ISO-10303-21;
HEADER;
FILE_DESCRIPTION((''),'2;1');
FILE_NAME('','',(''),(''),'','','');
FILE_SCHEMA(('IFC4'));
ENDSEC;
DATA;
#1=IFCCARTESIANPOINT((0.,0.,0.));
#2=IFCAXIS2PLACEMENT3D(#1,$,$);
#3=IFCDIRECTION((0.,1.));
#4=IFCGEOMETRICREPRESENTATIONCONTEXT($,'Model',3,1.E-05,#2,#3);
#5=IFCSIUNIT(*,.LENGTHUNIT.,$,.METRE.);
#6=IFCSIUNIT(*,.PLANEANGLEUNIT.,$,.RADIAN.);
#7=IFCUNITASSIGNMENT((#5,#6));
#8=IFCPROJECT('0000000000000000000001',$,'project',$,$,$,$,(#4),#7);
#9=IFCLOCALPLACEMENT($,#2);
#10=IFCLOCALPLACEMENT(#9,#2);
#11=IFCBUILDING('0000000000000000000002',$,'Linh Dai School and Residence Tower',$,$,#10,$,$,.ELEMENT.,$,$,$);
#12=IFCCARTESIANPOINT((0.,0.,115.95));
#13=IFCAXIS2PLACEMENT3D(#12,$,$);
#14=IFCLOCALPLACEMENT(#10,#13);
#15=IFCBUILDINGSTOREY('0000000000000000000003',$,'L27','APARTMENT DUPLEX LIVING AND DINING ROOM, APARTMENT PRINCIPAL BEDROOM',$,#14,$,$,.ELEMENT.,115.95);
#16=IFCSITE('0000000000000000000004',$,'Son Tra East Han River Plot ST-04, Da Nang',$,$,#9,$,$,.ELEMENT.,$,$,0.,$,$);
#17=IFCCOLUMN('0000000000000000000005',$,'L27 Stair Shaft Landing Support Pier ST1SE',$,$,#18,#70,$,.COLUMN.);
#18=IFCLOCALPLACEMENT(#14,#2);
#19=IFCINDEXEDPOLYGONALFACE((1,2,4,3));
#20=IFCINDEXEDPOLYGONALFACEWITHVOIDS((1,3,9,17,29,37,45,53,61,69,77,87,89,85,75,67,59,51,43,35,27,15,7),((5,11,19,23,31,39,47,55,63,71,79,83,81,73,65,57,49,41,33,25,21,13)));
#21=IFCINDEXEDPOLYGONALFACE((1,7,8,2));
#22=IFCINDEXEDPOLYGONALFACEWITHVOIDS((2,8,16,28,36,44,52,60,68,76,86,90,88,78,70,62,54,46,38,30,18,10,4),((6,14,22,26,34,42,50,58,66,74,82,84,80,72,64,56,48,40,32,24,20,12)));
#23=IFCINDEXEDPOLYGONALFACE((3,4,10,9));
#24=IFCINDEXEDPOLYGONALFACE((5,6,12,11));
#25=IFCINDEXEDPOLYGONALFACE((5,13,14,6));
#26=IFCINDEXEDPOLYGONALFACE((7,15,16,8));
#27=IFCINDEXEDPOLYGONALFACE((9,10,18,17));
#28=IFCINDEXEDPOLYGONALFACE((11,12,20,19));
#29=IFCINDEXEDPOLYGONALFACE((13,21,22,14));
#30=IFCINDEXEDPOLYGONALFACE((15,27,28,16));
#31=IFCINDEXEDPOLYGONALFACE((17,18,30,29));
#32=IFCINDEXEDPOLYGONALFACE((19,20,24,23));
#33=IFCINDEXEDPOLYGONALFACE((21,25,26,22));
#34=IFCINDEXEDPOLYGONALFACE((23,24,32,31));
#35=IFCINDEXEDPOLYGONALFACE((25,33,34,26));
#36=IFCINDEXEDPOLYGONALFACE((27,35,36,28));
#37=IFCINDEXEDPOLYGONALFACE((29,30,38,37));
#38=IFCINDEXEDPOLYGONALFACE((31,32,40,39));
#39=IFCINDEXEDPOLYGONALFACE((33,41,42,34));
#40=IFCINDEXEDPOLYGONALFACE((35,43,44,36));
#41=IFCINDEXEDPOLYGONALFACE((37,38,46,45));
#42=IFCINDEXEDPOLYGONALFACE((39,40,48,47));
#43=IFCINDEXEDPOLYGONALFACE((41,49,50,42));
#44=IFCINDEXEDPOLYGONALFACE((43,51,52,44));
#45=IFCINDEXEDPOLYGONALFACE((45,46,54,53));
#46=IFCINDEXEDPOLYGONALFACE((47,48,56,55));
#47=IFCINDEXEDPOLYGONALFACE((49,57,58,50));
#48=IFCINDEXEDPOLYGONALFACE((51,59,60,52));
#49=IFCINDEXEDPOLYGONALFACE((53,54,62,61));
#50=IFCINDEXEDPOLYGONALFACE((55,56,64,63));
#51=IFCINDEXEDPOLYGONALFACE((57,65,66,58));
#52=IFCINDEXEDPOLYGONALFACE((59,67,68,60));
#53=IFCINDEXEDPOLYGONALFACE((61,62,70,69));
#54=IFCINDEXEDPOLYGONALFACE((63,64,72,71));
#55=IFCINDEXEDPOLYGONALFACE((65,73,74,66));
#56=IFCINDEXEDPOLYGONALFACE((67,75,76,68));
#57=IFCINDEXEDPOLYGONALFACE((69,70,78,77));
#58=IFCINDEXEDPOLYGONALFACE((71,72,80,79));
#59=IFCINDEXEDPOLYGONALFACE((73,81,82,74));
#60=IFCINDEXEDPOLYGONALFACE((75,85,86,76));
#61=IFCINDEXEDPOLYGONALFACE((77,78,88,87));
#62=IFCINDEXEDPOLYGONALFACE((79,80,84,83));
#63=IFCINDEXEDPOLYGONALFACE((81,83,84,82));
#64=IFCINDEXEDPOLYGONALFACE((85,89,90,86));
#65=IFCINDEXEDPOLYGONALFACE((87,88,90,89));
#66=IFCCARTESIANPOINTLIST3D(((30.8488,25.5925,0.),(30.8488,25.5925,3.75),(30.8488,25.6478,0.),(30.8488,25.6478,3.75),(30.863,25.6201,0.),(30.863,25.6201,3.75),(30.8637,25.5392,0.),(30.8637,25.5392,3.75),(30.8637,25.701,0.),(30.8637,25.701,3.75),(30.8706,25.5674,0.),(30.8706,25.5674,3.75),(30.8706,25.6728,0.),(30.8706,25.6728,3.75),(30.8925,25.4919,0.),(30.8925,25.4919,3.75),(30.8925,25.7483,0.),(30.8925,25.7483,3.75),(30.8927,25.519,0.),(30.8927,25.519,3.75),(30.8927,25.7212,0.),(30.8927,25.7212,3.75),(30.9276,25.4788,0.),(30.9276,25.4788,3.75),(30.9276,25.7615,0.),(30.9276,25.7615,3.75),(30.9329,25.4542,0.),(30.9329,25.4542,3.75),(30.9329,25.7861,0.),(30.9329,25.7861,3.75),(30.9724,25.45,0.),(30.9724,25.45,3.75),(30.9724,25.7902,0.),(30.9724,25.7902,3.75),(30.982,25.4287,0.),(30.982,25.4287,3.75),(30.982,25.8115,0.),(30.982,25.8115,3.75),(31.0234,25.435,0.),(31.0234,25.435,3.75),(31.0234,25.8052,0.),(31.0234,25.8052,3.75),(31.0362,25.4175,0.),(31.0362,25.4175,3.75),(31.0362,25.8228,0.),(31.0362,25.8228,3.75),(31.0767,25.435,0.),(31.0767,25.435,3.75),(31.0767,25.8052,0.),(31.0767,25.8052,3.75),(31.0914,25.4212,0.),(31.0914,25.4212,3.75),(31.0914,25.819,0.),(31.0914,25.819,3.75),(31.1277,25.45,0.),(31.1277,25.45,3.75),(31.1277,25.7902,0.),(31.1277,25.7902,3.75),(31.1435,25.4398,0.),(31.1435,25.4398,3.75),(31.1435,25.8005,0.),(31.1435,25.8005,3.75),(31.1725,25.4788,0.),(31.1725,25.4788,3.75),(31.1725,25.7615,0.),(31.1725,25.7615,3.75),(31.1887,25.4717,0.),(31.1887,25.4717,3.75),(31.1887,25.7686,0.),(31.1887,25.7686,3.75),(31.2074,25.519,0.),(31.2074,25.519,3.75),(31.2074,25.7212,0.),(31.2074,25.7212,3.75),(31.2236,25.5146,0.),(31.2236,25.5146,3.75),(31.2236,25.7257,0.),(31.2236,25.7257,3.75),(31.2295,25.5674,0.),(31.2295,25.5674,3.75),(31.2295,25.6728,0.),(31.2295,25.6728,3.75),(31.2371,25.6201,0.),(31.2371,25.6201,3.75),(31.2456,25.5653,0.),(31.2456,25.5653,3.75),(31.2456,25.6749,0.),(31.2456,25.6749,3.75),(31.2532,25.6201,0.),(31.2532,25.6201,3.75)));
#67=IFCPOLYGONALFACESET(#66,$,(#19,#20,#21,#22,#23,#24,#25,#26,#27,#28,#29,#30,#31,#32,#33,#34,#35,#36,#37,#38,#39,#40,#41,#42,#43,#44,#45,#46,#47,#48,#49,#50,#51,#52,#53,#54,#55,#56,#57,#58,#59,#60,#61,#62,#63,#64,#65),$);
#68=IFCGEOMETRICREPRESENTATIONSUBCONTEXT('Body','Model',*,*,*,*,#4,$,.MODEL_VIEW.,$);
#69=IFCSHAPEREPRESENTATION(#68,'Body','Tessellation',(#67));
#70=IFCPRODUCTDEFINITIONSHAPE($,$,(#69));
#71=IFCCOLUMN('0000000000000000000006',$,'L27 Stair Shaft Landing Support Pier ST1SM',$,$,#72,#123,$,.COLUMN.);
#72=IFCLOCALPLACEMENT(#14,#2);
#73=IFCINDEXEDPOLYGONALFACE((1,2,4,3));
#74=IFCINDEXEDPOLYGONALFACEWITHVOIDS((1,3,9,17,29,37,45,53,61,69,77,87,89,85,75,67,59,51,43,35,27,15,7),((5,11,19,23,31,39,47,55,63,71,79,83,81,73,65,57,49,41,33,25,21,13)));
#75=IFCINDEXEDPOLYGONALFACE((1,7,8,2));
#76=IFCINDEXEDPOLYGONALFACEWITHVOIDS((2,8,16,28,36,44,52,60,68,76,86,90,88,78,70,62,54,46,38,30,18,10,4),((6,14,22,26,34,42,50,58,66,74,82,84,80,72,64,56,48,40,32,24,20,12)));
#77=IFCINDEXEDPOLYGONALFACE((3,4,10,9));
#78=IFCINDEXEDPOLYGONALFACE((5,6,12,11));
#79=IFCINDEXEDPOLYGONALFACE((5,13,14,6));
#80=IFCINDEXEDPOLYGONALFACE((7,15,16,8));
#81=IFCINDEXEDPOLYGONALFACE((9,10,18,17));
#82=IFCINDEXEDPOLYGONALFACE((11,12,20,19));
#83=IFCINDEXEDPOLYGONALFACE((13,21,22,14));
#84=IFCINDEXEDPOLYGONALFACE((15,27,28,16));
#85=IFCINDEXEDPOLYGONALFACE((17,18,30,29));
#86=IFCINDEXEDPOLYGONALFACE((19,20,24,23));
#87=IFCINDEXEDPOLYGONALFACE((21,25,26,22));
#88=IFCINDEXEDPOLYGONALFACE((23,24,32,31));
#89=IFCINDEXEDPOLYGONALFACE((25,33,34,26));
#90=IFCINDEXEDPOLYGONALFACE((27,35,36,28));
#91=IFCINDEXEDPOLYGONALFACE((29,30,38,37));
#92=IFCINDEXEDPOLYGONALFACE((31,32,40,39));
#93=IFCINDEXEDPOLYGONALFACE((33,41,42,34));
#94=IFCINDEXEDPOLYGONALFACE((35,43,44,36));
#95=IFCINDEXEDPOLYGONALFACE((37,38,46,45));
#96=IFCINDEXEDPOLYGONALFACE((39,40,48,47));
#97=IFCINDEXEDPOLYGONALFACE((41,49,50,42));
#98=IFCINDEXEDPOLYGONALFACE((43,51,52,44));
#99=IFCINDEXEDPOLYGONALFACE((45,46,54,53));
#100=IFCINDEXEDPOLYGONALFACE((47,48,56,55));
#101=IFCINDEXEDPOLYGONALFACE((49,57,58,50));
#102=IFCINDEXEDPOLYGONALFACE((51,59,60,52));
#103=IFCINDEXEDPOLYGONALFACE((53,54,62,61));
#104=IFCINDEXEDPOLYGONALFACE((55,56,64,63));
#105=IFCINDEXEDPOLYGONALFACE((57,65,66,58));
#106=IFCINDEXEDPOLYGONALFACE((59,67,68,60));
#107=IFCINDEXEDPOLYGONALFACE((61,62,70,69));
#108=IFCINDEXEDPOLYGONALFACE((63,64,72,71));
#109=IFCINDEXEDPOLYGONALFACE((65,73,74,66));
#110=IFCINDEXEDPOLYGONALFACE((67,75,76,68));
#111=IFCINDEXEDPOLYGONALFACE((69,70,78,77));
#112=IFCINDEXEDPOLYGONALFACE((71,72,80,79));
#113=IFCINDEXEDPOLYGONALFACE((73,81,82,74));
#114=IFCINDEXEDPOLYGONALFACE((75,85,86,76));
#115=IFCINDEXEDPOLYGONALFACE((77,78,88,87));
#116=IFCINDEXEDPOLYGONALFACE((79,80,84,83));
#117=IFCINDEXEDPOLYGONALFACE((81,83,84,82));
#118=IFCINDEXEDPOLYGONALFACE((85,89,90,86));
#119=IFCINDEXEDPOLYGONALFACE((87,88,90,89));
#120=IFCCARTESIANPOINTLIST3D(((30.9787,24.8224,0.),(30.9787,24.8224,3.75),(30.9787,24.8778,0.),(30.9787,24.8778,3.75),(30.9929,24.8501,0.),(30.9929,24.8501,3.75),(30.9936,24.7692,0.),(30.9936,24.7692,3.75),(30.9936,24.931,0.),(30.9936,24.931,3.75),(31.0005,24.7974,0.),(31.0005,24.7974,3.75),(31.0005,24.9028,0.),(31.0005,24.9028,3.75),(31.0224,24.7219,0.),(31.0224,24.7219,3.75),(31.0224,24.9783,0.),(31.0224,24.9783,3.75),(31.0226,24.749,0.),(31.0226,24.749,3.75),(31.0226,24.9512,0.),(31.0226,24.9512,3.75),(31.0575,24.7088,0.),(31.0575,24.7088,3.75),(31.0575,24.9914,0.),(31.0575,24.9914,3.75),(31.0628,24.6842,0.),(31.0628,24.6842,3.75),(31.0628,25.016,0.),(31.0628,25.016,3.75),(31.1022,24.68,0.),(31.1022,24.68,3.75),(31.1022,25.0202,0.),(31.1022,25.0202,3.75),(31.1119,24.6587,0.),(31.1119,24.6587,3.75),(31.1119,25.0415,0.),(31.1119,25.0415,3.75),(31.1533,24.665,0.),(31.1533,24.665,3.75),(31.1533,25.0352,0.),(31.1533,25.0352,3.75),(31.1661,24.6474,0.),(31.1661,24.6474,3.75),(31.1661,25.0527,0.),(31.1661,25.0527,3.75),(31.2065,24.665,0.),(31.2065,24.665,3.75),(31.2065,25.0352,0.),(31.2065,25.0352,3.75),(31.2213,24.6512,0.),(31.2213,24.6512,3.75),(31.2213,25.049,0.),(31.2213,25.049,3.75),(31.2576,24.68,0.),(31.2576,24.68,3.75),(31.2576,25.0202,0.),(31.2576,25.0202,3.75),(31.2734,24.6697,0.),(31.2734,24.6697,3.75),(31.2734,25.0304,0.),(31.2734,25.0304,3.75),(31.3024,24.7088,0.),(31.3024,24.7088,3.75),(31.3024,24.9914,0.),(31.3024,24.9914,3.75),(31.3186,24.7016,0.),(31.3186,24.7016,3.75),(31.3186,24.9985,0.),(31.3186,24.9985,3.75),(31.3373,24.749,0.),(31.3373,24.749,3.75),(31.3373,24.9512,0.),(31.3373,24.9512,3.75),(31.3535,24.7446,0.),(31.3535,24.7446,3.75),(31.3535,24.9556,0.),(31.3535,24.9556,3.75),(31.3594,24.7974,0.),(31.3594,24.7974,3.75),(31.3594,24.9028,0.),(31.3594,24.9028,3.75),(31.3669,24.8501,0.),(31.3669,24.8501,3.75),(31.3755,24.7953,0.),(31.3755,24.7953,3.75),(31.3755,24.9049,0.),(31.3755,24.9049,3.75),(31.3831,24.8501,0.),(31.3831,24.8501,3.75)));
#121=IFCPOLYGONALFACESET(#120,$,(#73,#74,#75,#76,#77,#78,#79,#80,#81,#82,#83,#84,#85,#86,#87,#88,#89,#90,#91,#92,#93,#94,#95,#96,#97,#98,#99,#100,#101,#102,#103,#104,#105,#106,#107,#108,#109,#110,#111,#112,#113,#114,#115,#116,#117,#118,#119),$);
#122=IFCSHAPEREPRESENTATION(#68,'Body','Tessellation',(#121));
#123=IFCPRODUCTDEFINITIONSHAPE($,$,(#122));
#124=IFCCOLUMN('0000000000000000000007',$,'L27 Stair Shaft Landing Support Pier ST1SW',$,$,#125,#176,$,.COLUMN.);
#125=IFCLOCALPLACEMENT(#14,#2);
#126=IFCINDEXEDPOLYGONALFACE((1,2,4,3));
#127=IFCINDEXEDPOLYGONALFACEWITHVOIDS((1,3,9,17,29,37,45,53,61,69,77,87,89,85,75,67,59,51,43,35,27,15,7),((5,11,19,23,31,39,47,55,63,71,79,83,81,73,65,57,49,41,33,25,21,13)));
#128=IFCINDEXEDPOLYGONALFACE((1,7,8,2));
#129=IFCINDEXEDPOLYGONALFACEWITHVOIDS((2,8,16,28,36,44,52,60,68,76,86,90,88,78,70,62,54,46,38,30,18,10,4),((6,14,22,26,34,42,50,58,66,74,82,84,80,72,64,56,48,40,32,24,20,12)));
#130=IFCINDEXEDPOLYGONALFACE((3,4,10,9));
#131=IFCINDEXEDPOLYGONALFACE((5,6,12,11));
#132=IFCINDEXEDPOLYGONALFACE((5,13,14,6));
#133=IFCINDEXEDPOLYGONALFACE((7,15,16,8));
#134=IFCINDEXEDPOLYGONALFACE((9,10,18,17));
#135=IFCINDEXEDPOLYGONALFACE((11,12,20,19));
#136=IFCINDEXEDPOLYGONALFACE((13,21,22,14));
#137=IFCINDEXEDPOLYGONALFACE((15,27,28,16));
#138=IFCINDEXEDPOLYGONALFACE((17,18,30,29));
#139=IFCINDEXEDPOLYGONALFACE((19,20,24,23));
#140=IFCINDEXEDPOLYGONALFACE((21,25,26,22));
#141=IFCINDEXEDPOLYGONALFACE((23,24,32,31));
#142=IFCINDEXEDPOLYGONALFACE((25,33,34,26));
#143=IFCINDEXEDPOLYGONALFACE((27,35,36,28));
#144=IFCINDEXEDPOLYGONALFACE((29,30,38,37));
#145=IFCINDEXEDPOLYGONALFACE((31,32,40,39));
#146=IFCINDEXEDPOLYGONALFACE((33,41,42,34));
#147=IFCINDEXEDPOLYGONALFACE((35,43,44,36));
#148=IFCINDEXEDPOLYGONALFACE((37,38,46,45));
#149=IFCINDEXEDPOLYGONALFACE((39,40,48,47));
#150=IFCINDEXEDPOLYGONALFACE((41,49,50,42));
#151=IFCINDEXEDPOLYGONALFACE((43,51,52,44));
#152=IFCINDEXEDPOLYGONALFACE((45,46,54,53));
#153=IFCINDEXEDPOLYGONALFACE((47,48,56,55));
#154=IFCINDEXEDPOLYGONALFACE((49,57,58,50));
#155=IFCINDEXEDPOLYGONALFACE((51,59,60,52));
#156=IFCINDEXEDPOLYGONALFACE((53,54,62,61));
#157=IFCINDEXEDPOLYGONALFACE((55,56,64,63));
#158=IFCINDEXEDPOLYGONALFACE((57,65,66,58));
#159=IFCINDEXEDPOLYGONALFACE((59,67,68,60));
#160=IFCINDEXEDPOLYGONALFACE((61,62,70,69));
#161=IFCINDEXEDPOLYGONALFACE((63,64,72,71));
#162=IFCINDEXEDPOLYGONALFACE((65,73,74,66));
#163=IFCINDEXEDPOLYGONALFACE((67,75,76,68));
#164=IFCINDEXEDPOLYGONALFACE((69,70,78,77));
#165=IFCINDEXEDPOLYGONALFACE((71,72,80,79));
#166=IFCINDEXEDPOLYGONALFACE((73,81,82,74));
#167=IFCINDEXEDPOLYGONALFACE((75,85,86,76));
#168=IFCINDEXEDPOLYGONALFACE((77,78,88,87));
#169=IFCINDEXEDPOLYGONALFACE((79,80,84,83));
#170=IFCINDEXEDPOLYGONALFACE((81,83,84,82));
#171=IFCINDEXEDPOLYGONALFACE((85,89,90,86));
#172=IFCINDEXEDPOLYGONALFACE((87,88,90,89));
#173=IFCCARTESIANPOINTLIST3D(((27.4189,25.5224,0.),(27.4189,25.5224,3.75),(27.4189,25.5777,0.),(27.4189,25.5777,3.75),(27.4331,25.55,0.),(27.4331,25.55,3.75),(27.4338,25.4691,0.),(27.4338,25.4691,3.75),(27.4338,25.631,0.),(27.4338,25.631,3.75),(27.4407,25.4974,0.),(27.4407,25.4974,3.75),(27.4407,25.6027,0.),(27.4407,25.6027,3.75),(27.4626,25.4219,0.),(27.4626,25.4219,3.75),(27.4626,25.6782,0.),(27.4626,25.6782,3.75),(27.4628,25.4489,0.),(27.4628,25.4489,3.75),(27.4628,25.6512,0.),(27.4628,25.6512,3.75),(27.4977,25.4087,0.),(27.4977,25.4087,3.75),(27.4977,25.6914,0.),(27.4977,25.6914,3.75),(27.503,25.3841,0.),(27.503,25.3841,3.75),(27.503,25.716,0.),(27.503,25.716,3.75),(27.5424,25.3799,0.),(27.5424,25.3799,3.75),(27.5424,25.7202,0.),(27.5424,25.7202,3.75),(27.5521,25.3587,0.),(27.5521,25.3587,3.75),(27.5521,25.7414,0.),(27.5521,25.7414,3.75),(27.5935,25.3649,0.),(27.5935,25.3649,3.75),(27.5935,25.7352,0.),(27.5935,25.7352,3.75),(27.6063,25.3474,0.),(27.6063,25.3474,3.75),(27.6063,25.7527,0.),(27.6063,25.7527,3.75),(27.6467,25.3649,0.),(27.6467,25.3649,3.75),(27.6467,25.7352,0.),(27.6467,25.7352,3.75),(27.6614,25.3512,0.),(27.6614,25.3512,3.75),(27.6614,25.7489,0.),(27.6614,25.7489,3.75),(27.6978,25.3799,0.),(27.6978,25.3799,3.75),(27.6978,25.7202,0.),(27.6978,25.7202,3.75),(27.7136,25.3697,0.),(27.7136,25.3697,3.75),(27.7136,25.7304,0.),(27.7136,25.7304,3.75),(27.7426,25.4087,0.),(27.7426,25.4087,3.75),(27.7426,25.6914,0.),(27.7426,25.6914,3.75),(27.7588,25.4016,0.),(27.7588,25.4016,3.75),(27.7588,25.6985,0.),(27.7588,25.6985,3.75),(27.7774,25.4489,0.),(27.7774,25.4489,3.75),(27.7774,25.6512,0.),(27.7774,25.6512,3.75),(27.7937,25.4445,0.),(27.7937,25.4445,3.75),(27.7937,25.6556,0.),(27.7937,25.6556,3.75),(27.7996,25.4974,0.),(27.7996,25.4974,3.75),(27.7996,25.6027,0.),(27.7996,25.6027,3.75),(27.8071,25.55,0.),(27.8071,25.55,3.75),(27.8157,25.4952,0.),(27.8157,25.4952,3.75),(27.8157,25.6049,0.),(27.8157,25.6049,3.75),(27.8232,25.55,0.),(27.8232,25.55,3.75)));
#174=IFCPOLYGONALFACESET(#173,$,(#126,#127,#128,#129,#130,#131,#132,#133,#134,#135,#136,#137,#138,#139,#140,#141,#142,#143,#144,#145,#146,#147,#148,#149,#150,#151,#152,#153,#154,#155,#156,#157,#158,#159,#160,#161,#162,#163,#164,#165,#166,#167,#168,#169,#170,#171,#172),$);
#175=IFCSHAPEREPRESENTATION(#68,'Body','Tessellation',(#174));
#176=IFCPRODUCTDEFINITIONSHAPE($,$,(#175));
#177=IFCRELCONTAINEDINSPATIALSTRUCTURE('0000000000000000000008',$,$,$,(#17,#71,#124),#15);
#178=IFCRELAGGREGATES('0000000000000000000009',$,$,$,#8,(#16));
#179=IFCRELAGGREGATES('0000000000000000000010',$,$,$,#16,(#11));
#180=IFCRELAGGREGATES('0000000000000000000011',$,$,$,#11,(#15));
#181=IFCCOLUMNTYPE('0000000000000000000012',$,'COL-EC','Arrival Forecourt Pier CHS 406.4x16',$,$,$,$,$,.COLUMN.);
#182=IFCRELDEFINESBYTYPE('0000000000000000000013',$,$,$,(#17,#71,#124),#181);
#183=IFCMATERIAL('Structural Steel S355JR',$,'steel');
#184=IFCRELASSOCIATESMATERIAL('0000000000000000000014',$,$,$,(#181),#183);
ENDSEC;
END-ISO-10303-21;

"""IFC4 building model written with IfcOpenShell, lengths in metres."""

from ifc_helpers import new_model, si_unit, direction, frame, origin, origin_2d, place, context, subcontext, project, spatial, hollow_circle, extrude, material, material_profile, profile_set, type_object, element, save


model = new_model("IFC4")

# Units and contexts
model_context = context("Model", 3, precision=1e-05, world=origin(), true_north=direction((0.0, 1.0)))
body_context = subcontext(model_context, "Body", "Model", "MODEL_VIEW")
ifc_project = project(units=[si_unit("LENGTHUNIT", "METRE"), si_unit("PLANEANGLEUNIT", "RADIAN")], contexts=[model_context])

# Site, building, storey
site_placement = place(None, origin())
site = spatial("IfcSite", under=ifc_project, at=site_placement, Name="Son Tra East Han River Plot ST-04, Da Nang", CompositionType="ELEMENT", RefElevation=0.0)
building_placement = place(site_placement, origin())
building = spatial("IfcBuilding", under=site, at=building_placement, Name="Linh Dai School and Residence Tower", CompositionType="ELEMENT")
storey_placement = place(building_placement, frame((0.0, 0.0, 115.95)))
storey = spatial("IfcBuildingStorey", under=building, at=storey_placement, Name="L27", Description="APARTMENT DUPLEX LIVING AND DINING ROOM, APARTMENT PRINCIPAL BEDROOM", CompositionType="ELEMENT", Elevation=115.95)

# Columns
ifc_material_1 = material(Name="Structural Steel S355JR", Category="steel")
ifc_material_profile_1 = material_profile(ifc_material_1, hollow_circle(Radius=0.2031, WallThickness=0.0161, at=origin_2d()), Name="CHS 406.4x16")
ifc_profile_set_1 = profile_set([ifc_material_profile_1], Name="Structural Steel S355JR")
column_type = type_object("IfcColumnType", Name="COL-EC", Description="Arrival Forecourt Pier CHS 406.4x16", PredefinedType="COLUMN", material=ifc_profile_set_1)
for number, where, z_axis, x_axis, name in (
    (1, (31.05, 25.6201, 0.0), (0.0, 0.0, 1.0), (1.0, 0.0, 0.0), "L27 Stair Shaft Landing Support Pier ST1SE"),
    (2, (31.1799, 24.8501, 0.0), (0.0, 0.0, 1.0), (1.0, 0.0, 0.0), "L27 Stair Shaft Landing Support Pier ST1SM"),
    (3, (27.6201, 25.55, 0.0), (0.0, 0.0, 1.0), (1.0, 0.0, 0.0), "L27 Stair Shaft Landing Support Pier ST1SW"),
):
    element("IfcColumn", number, at=place(storey_placement, frame(where, z_axis=z_axis, x_axis=x_axis)), inside=storey, type_object=column_type, Name=name, PredefinedType="COLUMN", context=body_context, shape_type="SweptSolid", body=[
        extrude(hollow_circle(Radius=0.2031, WallThickness=0.0161, at=origin_2d()), origin(), (0.0, 0.0, 1.0), 3.75),
    ])

save(model, "model.ifc")
